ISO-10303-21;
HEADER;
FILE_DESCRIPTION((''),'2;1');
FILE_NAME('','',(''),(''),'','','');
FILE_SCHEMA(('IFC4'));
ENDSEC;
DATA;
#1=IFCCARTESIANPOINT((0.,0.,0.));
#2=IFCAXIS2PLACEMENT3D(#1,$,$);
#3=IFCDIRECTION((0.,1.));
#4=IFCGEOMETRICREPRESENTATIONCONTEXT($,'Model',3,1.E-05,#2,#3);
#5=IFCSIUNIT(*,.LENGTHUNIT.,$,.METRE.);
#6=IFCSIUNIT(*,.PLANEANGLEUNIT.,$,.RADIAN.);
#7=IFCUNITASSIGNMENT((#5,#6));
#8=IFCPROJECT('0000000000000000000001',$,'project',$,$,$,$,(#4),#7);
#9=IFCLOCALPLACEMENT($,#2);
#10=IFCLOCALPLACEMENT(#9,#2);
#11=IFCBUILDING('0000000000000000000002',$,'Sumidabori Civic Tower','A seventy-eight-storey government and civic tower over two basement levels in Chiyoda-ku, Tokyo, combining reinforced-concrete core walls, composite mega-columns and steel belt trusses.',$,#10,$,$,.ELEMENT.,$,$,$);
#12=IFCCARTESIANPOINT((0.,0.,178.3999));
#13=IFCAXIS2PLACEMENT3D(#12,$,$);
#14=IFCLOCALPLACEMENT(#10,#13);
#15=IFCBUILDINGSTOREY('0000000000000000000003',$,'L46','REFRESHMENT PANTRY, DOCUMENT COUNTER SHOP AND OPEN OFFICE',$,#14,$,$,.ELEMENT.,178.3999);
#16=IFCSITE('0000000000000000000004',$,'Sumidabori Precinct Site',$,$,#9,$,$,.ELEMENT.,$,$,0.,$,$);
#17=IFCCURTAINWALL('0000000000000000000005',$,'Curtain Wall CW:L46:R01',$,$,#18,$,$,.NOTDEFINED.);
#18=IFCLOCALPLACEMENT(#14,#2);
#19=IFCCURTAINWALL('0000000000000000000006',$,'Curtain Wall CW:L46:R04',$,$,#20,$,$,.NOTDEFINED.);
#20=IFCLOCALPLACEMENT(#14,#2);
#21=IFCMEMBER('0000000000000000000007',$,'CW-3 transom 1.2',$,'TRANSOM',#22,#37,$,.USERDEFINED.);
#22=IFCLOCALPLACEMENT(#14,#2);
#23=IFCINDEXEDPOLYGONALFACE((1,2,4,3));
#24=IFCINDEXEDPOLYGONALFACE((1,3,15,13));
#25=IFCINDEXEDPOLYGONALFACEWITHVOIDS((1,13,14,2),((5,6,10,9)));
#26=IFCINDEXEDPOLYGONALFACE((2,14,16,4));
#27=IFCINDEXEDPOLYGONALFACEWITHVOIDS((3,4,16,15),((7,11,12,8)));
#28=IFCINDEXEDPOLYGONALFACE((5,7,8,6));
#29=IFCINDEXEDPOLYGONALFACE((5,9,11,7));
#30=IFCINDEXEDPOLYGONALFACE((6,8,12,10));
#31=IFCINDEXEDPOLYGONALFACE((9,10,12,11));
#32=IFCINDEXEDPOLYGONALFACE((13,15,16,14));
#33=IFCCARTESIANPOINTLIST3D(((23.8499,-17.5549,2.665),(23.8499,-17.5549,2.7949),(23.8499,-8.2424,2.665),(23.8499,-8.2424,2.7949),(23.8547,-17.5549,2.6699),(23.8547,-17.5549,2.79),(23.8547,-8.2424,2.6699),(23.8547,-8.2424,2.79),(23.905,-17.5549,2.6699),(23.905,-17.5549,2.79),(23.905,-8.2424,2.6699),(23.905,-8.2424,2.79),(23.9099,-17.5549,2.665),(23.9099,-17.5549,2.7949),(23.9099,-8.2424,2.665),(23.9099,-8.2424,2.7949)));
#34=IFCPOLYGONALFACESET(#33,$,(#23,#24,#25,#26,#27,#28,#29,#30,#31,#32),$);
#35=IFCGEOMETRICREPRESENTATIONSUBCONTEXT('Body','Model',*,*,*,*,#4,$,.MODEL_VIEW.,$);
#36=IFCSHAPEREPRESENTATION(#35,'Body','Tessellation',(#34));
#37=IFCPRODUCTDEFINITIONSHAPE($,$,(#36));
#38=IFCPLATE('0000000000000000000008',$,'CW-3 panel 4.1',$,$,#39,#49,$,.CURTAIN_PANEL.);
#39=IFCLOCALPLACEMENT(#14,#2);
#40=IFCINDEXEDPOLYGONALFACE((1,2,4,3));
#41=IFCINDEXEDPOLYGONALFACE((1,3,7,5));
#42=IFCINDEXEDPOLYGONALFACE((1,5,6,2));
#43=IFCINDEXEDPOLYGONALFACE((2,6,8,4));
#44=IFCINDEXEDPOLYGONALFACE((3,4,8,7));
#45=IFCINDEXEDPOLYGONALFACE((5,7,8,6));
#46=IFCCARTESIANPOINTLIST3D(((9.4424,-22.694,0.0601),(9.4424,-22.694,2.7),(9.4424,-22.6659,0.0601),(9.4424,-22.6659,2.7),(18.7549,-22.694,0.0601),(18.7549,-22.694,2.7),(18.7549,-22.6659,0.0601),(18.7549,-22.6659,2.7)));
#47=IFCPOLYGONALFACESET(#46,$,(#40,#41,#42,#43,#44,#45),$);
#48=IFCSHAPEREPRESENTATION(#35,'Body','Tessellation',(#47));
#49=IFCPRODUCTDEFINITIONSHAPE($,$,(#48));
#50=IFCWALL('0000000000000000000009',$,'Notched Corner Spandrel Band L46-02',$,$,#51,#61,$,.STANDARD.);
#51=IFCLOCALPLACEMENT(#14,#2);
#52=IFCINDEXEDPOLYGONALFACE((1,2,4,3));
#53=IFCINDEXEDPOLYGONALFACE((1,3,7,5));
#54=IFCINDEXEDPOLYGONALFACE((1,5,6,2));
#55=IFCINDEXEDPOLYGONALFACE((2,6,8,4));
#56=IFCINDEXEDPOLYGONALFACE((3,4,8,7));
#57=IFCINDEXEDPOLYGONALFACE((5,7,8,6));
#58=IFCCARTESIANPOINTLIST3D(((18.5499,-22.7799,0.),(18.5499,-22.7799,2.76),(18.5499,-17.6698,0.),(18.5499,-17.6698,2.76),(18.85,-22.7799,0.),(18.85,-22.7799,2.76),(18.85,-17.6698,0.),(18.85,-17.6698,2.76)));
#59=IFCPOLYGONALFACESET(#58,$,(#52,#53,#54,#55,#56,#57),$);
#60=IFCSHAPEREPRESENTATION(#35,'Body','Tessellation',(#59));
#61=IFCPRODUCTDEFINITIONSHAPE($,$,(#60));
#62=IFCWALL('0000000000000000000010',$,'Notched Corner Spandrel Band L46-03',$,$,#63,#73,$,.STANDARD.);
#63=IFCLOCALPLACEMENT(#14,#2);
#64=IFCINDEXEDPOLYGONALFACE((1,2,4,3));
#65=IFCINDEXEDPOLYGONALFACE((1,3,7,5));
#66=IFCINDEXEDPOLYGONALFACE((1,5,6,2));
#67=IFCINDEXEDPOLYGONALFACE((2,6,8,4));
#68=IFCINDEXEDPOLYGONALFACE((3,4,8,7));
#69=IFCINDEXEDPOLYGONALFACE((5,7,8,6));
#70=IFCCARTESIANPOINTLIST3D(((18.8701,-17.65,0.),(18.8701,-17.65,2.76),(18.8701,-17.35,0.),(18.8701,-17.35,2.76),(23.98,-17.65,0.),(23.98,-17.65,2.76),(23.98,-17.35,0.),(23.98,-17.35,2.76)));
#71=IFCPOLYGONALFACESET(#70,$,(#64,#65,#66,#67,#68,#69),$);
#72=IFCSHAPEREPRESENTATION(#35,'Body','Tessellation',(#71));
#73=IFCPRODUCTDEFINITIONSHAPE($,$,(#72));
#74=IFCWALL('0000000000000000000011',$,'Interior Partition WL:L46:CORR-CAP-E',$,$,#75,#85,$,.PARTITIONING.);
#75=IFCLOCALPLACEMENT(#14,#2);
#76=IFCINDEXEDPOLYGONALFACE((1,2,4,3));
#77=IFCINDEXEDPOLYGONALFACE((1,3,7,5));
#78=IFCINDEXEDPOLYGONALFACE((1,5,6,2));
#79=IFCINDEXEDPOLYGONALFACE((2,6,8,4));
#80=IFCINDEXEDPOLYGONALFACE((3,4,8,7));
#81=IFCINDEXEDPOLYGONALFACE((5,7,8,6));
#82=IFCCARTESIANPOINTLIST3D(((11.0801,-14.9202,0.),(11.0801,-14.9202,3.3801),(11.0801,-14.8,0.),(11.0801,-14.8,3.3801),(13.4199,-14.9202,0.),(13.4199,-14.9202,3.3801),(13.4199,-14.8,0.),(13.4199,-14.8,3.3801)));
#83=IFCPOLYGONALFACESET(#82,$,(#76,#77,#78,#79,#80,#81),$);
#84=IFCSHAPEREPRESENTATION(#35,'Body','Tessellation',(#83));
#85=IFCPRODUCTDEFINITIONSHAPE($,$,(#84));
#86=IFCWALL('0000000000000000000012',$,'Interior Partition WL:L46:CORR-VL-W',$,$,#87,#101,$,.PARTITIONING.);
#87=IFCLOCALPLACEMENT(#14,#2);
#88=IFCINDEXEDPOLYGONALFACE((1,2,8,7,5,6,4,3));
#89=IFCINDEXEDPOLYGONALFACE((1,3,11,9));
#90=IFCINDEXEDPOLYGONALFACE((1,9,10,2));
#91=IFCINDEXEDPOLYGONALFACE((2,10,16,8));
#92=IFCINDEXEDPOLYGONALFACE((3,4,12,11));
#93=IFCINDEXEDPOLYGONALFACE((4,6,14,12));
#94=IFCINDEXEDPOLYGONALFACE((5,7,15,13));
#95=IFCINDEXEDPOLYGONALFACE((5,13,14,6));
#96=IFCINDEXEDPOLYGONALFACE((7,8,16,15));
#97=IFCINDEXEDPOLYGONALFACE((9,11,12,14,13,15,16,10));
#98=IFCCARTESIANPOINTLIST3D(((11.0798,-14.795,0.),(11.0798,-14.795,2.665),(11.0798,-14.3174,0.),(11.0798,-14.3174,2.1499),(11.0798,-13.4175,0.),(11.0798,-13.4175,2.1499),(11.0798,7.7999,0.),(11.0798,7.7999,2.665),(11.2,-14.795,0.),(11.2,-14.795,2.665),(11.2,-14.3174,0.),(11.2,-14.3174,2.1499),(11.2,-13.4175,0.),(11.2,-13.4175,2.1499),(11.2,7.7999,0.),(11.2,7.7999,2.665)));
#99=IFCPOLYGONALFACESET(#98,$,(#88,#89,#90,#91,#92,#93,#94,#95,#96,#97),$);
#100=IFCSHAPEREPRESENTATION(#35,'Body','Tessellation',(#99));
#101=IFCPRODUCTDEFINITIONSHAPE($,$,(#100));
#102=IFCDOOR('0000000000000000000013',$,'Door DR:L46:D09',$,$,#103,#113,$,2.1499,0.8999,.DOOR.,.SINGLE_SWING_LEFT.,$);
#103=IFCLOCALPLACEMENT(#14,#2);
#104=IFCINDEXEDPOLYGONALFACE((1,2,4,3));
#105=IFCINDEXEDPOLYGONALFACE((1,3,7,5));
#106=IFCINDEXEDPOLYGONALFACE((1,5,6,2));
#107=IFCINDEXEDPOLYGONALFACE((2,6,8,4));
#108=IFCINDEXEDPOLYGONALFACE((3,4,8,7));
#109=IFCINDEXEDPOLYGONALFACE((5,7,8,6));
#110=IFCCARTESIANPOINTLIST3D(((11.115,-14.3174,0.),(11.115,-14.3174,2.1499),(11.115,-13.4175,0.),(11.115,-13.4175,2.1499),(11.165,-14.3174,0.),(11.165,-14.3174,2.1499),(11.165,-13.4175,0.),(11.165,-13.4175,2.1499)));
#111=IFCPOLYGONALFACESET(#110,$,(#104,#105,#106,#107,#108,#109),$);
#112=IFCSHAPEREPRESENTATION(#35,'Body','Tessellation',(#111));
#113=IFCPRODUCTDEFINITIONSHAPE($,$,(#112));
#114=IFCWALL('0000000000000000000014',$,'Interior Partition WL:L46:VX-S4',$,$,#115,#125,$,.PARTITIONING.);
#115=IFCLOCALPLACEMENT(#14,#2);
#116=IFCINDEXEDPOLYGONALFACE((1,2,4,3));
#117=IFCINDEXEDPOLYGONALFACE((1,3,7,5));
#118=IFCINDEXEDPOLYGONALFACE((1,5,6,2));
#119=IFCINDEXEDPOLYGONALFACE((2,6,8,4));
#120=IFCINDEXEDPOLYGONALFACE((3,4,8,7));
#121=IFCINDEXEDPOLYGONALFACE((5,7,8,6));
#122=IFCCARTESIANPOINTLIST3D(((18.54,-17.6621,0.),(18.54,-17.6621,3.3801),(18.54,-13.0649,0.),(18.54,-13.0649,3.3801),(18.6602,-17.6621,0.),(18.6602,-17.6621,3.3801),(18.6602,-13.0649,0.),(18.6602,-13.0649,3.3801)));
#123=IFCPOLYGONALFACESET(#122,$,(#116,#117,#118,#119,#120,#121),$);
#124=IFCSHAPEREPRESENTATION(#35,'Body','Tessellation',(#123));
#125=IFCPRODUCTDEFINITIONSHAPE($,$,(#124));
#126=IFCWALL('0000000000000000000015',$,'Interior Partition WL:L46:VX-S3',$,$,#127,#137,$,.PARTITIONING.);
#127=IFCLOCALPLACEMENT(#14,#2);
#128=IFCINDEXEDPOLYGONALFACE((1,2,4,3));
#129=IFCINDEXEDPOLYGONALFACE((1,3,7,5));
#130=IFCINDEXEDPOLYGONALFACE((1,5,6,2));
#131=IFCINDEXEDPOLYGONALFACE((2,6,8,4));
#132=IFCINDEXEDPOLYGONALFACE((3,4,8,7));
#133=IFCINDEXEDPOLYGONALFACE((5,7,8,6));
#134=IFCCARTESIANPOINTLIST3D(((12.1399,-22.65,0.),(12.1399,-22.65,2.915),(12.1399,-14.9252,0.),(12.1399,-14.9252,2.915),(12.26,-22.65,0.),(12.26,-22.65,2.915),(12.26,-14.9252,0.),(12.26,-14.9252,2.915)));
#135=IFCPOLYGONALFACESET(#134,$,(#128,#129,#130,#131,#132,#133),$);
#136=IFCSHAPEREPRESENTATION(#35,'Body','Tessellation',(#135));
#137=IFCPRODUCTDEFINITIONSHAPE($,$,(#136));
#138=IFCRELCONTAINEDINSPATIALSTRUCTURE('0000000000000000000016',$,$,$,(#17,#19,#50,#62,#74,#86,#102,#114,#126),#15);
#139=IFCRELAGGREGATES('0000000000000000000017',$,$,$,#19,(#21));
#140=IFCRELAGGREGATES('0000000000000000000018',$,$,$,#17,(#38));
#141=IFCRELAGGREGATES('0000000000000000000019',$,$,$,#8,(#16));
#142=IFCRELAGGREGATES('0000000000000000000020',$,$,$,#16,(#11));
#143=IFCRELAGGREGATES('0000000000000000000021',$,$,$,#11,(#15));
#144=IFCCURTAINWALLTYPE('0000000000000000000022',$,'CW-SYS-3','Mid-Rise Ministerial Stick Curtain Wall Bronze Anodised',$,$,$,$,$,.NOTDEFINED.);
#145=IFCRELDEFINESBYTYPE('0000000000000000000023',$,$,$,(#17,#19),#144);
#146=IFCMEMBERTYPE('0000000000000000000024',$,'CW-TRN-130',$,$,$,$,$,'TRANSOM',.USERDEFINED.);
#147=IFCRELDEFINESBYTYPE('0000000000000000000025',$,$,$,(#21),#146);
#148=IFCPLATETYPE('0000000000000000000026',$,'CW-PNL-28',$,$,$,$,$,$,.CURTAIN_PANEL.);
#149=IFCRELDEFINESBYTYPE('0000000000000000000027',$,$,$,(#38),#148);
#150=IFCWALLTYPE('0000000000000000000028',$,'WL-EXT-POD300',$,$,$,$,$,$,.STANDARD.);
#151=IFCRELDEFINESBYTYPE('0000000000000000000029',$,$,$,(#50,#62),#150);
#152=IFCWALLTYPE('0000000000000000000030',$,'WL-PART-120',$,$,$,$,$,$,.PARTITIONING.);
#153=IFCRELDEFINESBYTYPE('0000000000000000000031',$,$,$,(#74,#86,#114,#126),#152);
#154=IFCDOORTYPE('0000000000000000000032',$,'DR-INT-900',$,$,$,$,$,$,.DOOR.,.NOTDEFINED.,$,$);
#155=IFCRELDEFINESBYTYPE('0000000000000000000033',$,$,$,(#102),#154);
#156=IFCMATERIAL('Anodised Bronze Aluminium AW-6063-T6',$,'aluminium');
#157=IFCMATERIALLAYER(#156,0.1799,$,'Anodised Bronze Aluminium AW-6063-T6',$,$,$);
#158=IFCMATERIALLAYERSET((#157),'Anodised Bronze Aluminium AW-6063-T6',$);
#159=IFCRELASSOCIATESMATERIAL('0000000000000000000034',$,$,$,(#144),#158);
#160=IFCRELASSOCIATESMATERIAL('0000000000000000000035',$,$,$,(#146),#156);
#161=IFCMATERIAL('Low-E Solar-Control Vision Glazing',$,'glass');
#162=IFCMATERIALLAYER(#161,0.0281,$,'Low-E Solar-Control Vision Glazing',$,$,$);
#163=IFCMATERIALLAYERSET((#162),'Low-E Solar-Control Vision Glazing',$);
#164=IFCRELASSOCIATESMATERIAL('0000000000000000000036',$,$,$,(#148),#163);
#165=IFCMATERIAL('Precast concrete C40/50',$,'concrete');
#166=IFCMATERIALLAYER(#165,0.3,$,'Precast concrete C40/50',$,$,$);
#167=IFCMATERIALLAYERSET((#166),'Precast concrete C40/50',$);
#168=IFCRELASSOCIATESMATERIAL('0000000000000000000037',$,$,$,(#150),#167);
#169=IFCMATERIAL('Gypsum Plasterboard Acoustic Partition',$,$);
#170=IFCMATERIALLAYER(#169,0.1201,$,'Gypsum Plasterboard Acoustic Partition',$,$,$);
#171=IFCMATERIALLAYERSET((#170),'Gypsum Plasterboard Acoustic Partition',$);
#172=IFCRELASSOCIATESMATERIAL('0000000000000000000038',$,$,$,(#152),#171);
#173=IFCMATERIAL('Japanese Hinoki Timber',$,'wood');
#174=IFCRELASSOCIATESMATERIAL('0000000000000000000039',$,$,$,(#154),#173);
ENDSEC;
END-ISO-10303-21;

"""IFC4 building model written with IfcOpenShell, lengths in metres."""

from ifc_helpers import new_model, si_unit, direction, frame, frame_2d, origin, origin_2d, place, context, subcontext, project, spatial, rectangle, hollow_rectangle, extrude, source, transform, mapped, material, layer, layer_set, material_profile, profile_set, type_object, element, fill, aggregate, save


model = new_model("IFC4")

# Units and contexts
model_context = context("Model", 3, precision=1e-05, world=origin(), true_north=direction((0.0, 1.0)))
body_context = subcontext(model_context, "Body", "Model", "MODEL_VIEW")
ifc_project = project(units=[si_unit("LENGTHUNIT", "METRE"), si_unit("PLANEANGLEUNIT", "RADIAN")], contexts=[model_context])

# Site, building, storey
site_placement = place(None, origin())
site = spatial("IfcSite", under=ifc_project, at=site_placement, Name="Sumidabori Precinct Site", CompositionType="ELEMENT", RefElevation=0.0)
building_placement = place(site_placement, origin())
building = spatial("IfcBuilding", under=site, at=building_placement, Name="Sumidabori Civic Tower", Description="A seventy-eight-storey government and civic tower over two basement levels in Chiyoda-ku, Tokyo, combining reinforced-concrete core walls, composite mega-columns and steel belt trusses.", CompositionType="ELEMENT")
storey_placement = place(building_placement, frame((0.0, 0.0, 178.3999)))
storey = spatial("IfcBuildingStorey", under=building, at=storey_placement, Name="L46", Description="REFRESHMENT PANTRY, DOCUMENT COUNTER SHOP AND OPEN OFFICE", CompositionType="ELEMENT", Elevation=178.3999)

# Curtain wall
ifc_material_1 = material(Name="Anodised Bronze Aluminium AW-6063-T6", Category="aluminium")
ifc_layer_1 = layer(ifc_material_1, 0.1799, Name="Anodised Bronze Aluminium AW-6063-T6")
ifc_layer_set_1 = layer_set([ifc_layer_1], Name="Anodised Bronze Aluminium AW-6063-T6")
curtain_wall_type = type_object("IfcCurtainWallType", Name="CW-SYS-3", Description="Mid-Rise Ministerial Stick Curtain Wall Bronze Anodised", PredefinedType="NOTDEFINED", material=ifc_layer_set_1)
curtain_wall_1_placement = place(storey_placement, origin())
curtain_wall_1 = element("IfcCurtainWall", 1, at=curtain_wall_1_placement, inside=storey, type_object=curtain_wall_type, Name="Curtain Wall CW:L46:R01", PredefinedType="NOTDEFINED")

# Curtain wall
curtain_wall_2_placement = place(storey_placement, origin())
curtain_wall_2 = element("IfcCurtainWall", 2, at=curtain_wall_2_placement, inside=storey, type_object=curtain_wall_type, Name="Curtain Wall CW:L46:R04", PredefinedType="NOTDEFINED")

# Member
ifc_material_profile_1 = material_profile(ifc_material_1, hollow_rectangle(XDim=0.0601, YDim=0.1299, WallThickness=0.0049, at=origin_2d()), Name="ALU TRANSOM 130x60")
ifc_profile_set_1 = profile_set([ifc_material_profile_1], Name="Anodised Bronze Aluminium AW-6063-T6")
member_type_1 = type_object("IfcMemberType", Name="CW-TRN-130", ElementType="TRANSOM", PredefinedType="USERDEFINED", material=ifc_profile_set_1)
shared_shape_1 = source(origin(), body_context, "Body", "SweptSolid", [
    extrude(hollow_rectangle(XDim=0.0601, YDim=0.1299, WallThickness=0.0049, at=origin_2d()), origin(), (0.0, 0.0, 1.0), 9.3125),
])
member_1_placement = place(storey_placement, frame((23.8799, -17.5549, 2.73), z_axis=(0.0, 1.0, 0.0), x_axis=(-1.0, 0.0, 0.0)))
member_1 = element("IfcMember", 3, at=member_1_placement, type_object=member_type_1, Name="CW-3 transom 1.2", ObjectType="TRANSOM", PredefinedType="USERDEFINED", context=body_context, shape_type="MappedRepresentation", body=[
    mapped(shared_shape_1, transform((0.0, 0.0, 0.0), x_axis=(1.0, 0.0, 0.0), y_axis=(0.0, 1.0, 0.0), z_axis=(0.0, 0.0, 1.0), scale=1.0)),
])
aggregate(curtain_wall_2, [member_1])

# Plate
ifc_material_2 = material(Name="Low-E Solar-Control Vision Glazing", Category="glass")
ifc_layer_2 = layer(ifc_material_2, 0.0281, Name="Low-E Solar-Control Vision Glazing")
ifc_layer_set_2 = layer_set([ifc_layer_2], Name="Low-E Solar-Control Vision Glazing")
plate_type = type_object("IfcPlateType", Name="CW-PNL-28", PredefinedType="CURTAIN_PANEL", material=ifc_layer_set_2)
shared_shape_2 = source(origin(), body_context, "Body", "SweptSolid", [
    extrude(rectangle(XDim=9.3125, YDim=0.0281, at=origin_2d()), origin(), (0.0, 0.0, 1.0), 2.6399),
])
plate_placement = place(storey_placement, frame((14.0986, -22.6799, 0.0601), z_axis=(0.0, 0.0, 1.0), x_axis=(1.0, 0.0, 0.0)))
plate = element("IfcPlate", 4, at=plate_placement, type_object=plate_type, Name="CW-3 panel 4.1", PredefinedType="CURTAIN_PANEL", context=body_context, shape_type="MappedRepresentation", body=[
    mapped(shared_shape_2, transform((0.0, 0.0, 0.0), x_axis=(1.0, 0.0, 0.0), y_axis=(0.0, 1.0, 0.0), z_axis=(0.0, 0.0, 1.0), scale=1.0)),
])
aggregate(curtain_wall_1, [plate])

# Walls
ifc_material_3 = material(Name="Precast concrete C40/50", Category="concrete")
ifc_layer_3 = layer(ifc_material_3, 0.3, Name="Precast concrete C40/50")
ifc_layer_set_3 = layer_set([ifc_layer_3], Name="Precast concrete C40/50")
wall_type_1 = type_object("IfcWallType", Name="WL-EXT-POD300", PredefinedType="STANDARD", material=ifc_layer_set_3)
shared_shape_3 = source(origin(), body_context, "Body", "SweptSolid", [
    extrude(rectangle(XDim=5.1101, YDim=0.3, at=frame_2d((2.5552, 0.0))), origin(), (0.0, 0.0, 1.0), 2.76),
])
wall_1_placement = place(storey_placement, frame((18.7, -22.78, 0.0), z_axis=(0.0, 0.0, 1.0), x_axis=(0.0, 1.0, 0.0)))
element("IfcWall", 5, at=wall_1_placement, inside=storey, type_object=wall_type_1, Name="Notched Corner Spandrel Band L46-02", PredefinedType="STANDARD", context=body_context, shape_type="MappedRepresentation", body=[
    mapped(shared_shape_3, transform((0.0, 0.0, 0.0), x_axis=(1.0, 0.0, 0.0), y_axis=(0.0, 1.0, 0.0), z_axis=(0.0, 0.0, 1.0), scale=1.0)),
])
shared_shape_4 = source(origin(), body_context, "Body", "SweptSolid", [
    extrude(rectangle(XDim=5.1099, YDim=0.3, at=frame_2d((2.5549, 0.0))), origin(), (0.0, 0.0, 1.0), 2.76),
])
wall_2_placement = place(storey_placement, frame((18.8701, -17.5, 0.0), z_axis=(0.0, 0.0, 1.0), x_axis=(1.0, 0.0, 0.0)))
element("IfcWall", 6, at=wall_2_placement, inside=storey, type_object=wall_type_1, Name="Notched Corner Spandrel Band L46-03", PredefinedType="STANDARD", context=body_context, shape_type="MappedRepresentation", body=[
    mapped(shared_shape_4, transform((0.0, 0.0, 0.0), x_axis=(1.0, 0.0, 0.0), y_axis=(0.0, 1.0, 0.0), z_axis=(0.0, 0.0, 1.0), scale=1.0)),
])
ifc_material_4 = material(Name="Gypsum Plasterboard Acoustic Partition")
ifc_layer_4 = layer(ifc_material_4, 0.1201, Name="Gypsum Plasterboard Acoustic Partition")
ifc_layer_set_4 = layer_set([ifc_layer_4], Name="Gypsum Plasterboard Acoustic Partition")
wall_type_2 = type_object("IfcWallType", Name="WL-PART-120", PredefinedType="PARTITIONING", material=ifc_layer_set_4)
shared_shape_5 = source(origin(), body_context, "Body", "SweptSolid", [
    extrude(rectangle(XDim=2.3398, YDim=0.1201, at=frame_2d((1.1699, 0.0))), origin(), (0.0, 0.0, 1.0), 3.3801),
])
wall_3_placement = place(storey_placement, frame((11.0801, -14.8601, 0.0), z_axis=(0.0, 0.0, 1.0), x_axis=(1.0, 0.0, 0.0)))
element("IfcWall", 7, at=wall_3_placement, inside=storey, type_object=wall_type_2, Name="Interior Partition WL:L46:CORR-CAP-E", PredefinedType="PARTITIONING", context=body_context, shape_type="MappedRepresentation", body=[
    mapped(shared_shape_5, transform((0.0, 0.0, 0.0), x_axis=(1.0, 0.0, 0.0), y_axis=(0.0, 1.0, 0.0), z_axis=(0.0, 0.0, 1.0), scale=1.0)),
])

# Wall, opening, door
shared_shape_6 = source(origin(), body_context, "Body", "SweptSolid", [
    extrude(rectangle(XDim=22.595, YDim=0.1201, at=frame_2d((11.2974, 0.0))), origin(), (0.0, 0.0, 1.0), 2.665),
])
wall_4_placement = place(storey_placement, frame((11.1399, -14.7949, 0.0), z_axis=(0.0, 0.0, 1.0), x_axis=(0.0, 1.0, 0.0)))
wall_4 = element("IfcWall", 8, at=wall_4_placement, inside=storey, type_object=wall_type_2, Name="Interior Partition WL:L46:CORR-VL-W", PredefinedType="PARTITIONING", context=body_context, shape_type="MappedRepresentation", body=[
    mapped(shared_shape_6, transform((0.0, 0.0, 0.0), x_axis=(1.0, 0.0, 0.0), y_axis=(0.0, 1.0, 0.0), z_axis=(0.0, 0.0, 1.0), scale=1.0)),
])
opening_placement = place(wall_4_placement, frame((0.4775, 0.0, 0.0)))
opening = element("IfcOpeningElement", 9, at=opening_placement, cuts=wall_4, PredefinedType="OPENING", context=body_context, shape_type="SweptSolid", body=[
    extrude(rectangle(XDim=0.8999, YDim=2.1499, at=frame_2d((0.45, 1.075))), frame((0.0, 0.072, 0.0), z_axis=(0.0, -1.0, 0.0), x_axis=(1.0, 0.0, 0.0)), (0.0, 0.0, 1.0), 0.144),
])
ifc_material_5 = material(Name="Japanese Hinoki Timber", Category="wood")
door_type = type_object("IfcDoorType", Name="DR-INT-900", OperationType="NOTDEFINED", PredefinedType="DOOR", material=ifc_material_5)
shared_shape_7 = source(origin(), body_context, "Body", "SweptSolid", [
    extrude(rectangle(XDim=0.8999, YDim=2.1499, at=frame_2d((0.45, 1.075))), frame((0.0, 0.0249, 0.0), z_axis=(0.0, -1.0, 0.0), x_axis=(1.0, 0.0, 0.0)), (0.0, 0.0, 1.0), 0.05),
])
door_placement = place(opening_placement, origin())
door = element("IfcDoor", 10, at=door_placement, inside=storey, type_object=door_type, Name="Door DR:L46:D09", OperationType="SINGLE_SWING_LEFT", OverallHeight=2.1499, OverallWidth=0.8999, PredefinedType="DOOR", context=body_context, shape_type="MappedRepresentation", body=[
    mapped(shared_shape_7, transform((0.0, 0.0, 0.0), x_axis=(1.0, 0.0, 0.0), y_axis=(0.0, 1.0, 0.0), z_axis=(0.0, 0.0, 1.0), scale=1.0)),
])
fill(opening, door)

# Walls
shared_shape_8 = source(origin(), body_context, "Body", "SweptSolid", [
    extrude(rectangle(XDim=4.5972, YDim=0.1201, at=frame_2d((2.2986, 0.0))), origin(), (0.0, 0.0, 1.0), 3.3801),
])
wall_5_placement = place(storey_placement, frame((18.6001, -17.6621, 0.0), z_axis=(0.0, 0.0, 1.0), x_axis=(0.0, 1.0, 0.0)))
element("IfcWall", 11, at=wall_5_placement, inside=storey, type_object=wall_type_2, Name="Interior Partition WL:L46:VX-S4", PredefinedType="PARTITIONING", context=body_context, shape_type="MappedRepresentation", body=[
    mapped(shared_shape_8, transform((0.0, 0.0, 0.0), x_axis=(1.0, 0.0, 0.0), y_axis=(0.0, 1.0, 0.0), z_axis=(0.0, 0.0, 1.0), scale=1.0)),
])
shared_shape_9 = source(origin(), body_context, "Body", "SweptSolid", [
    extrude(rectangle(XDim=7.7249, YDim=0.1201, at=frame_2d((3.8623, 0.0))), origin(), (0.0, 0.0, 1.0), 2.915),
])
wall_6_placement = place(storey_placement, frame((12.2, -22.6499, 0.0), z_axis=(0.0, 0.0, 1.0), x_axis=(0.0, 1.0, 0.0)))
element("IfcWall", 12, at=wall_6_placement, inside=storey, type_object=wall_type_2, Name="Interior Partition WL:L46:VX-S3", PredefinedType="PARTITIONING", context=body_context, shape_type="MappedRepresentation", body=[
    mapped(shared_shape_9, transform((0.0, 0.0, 0.0), x_axis=(1.0, 0.0, 0.0), y_axis=(0.0, 1.0, 0.0), z_axis=(0.0, 0.0, 1.0), scale=1.0)),
])

save(model, "model.ifc")
